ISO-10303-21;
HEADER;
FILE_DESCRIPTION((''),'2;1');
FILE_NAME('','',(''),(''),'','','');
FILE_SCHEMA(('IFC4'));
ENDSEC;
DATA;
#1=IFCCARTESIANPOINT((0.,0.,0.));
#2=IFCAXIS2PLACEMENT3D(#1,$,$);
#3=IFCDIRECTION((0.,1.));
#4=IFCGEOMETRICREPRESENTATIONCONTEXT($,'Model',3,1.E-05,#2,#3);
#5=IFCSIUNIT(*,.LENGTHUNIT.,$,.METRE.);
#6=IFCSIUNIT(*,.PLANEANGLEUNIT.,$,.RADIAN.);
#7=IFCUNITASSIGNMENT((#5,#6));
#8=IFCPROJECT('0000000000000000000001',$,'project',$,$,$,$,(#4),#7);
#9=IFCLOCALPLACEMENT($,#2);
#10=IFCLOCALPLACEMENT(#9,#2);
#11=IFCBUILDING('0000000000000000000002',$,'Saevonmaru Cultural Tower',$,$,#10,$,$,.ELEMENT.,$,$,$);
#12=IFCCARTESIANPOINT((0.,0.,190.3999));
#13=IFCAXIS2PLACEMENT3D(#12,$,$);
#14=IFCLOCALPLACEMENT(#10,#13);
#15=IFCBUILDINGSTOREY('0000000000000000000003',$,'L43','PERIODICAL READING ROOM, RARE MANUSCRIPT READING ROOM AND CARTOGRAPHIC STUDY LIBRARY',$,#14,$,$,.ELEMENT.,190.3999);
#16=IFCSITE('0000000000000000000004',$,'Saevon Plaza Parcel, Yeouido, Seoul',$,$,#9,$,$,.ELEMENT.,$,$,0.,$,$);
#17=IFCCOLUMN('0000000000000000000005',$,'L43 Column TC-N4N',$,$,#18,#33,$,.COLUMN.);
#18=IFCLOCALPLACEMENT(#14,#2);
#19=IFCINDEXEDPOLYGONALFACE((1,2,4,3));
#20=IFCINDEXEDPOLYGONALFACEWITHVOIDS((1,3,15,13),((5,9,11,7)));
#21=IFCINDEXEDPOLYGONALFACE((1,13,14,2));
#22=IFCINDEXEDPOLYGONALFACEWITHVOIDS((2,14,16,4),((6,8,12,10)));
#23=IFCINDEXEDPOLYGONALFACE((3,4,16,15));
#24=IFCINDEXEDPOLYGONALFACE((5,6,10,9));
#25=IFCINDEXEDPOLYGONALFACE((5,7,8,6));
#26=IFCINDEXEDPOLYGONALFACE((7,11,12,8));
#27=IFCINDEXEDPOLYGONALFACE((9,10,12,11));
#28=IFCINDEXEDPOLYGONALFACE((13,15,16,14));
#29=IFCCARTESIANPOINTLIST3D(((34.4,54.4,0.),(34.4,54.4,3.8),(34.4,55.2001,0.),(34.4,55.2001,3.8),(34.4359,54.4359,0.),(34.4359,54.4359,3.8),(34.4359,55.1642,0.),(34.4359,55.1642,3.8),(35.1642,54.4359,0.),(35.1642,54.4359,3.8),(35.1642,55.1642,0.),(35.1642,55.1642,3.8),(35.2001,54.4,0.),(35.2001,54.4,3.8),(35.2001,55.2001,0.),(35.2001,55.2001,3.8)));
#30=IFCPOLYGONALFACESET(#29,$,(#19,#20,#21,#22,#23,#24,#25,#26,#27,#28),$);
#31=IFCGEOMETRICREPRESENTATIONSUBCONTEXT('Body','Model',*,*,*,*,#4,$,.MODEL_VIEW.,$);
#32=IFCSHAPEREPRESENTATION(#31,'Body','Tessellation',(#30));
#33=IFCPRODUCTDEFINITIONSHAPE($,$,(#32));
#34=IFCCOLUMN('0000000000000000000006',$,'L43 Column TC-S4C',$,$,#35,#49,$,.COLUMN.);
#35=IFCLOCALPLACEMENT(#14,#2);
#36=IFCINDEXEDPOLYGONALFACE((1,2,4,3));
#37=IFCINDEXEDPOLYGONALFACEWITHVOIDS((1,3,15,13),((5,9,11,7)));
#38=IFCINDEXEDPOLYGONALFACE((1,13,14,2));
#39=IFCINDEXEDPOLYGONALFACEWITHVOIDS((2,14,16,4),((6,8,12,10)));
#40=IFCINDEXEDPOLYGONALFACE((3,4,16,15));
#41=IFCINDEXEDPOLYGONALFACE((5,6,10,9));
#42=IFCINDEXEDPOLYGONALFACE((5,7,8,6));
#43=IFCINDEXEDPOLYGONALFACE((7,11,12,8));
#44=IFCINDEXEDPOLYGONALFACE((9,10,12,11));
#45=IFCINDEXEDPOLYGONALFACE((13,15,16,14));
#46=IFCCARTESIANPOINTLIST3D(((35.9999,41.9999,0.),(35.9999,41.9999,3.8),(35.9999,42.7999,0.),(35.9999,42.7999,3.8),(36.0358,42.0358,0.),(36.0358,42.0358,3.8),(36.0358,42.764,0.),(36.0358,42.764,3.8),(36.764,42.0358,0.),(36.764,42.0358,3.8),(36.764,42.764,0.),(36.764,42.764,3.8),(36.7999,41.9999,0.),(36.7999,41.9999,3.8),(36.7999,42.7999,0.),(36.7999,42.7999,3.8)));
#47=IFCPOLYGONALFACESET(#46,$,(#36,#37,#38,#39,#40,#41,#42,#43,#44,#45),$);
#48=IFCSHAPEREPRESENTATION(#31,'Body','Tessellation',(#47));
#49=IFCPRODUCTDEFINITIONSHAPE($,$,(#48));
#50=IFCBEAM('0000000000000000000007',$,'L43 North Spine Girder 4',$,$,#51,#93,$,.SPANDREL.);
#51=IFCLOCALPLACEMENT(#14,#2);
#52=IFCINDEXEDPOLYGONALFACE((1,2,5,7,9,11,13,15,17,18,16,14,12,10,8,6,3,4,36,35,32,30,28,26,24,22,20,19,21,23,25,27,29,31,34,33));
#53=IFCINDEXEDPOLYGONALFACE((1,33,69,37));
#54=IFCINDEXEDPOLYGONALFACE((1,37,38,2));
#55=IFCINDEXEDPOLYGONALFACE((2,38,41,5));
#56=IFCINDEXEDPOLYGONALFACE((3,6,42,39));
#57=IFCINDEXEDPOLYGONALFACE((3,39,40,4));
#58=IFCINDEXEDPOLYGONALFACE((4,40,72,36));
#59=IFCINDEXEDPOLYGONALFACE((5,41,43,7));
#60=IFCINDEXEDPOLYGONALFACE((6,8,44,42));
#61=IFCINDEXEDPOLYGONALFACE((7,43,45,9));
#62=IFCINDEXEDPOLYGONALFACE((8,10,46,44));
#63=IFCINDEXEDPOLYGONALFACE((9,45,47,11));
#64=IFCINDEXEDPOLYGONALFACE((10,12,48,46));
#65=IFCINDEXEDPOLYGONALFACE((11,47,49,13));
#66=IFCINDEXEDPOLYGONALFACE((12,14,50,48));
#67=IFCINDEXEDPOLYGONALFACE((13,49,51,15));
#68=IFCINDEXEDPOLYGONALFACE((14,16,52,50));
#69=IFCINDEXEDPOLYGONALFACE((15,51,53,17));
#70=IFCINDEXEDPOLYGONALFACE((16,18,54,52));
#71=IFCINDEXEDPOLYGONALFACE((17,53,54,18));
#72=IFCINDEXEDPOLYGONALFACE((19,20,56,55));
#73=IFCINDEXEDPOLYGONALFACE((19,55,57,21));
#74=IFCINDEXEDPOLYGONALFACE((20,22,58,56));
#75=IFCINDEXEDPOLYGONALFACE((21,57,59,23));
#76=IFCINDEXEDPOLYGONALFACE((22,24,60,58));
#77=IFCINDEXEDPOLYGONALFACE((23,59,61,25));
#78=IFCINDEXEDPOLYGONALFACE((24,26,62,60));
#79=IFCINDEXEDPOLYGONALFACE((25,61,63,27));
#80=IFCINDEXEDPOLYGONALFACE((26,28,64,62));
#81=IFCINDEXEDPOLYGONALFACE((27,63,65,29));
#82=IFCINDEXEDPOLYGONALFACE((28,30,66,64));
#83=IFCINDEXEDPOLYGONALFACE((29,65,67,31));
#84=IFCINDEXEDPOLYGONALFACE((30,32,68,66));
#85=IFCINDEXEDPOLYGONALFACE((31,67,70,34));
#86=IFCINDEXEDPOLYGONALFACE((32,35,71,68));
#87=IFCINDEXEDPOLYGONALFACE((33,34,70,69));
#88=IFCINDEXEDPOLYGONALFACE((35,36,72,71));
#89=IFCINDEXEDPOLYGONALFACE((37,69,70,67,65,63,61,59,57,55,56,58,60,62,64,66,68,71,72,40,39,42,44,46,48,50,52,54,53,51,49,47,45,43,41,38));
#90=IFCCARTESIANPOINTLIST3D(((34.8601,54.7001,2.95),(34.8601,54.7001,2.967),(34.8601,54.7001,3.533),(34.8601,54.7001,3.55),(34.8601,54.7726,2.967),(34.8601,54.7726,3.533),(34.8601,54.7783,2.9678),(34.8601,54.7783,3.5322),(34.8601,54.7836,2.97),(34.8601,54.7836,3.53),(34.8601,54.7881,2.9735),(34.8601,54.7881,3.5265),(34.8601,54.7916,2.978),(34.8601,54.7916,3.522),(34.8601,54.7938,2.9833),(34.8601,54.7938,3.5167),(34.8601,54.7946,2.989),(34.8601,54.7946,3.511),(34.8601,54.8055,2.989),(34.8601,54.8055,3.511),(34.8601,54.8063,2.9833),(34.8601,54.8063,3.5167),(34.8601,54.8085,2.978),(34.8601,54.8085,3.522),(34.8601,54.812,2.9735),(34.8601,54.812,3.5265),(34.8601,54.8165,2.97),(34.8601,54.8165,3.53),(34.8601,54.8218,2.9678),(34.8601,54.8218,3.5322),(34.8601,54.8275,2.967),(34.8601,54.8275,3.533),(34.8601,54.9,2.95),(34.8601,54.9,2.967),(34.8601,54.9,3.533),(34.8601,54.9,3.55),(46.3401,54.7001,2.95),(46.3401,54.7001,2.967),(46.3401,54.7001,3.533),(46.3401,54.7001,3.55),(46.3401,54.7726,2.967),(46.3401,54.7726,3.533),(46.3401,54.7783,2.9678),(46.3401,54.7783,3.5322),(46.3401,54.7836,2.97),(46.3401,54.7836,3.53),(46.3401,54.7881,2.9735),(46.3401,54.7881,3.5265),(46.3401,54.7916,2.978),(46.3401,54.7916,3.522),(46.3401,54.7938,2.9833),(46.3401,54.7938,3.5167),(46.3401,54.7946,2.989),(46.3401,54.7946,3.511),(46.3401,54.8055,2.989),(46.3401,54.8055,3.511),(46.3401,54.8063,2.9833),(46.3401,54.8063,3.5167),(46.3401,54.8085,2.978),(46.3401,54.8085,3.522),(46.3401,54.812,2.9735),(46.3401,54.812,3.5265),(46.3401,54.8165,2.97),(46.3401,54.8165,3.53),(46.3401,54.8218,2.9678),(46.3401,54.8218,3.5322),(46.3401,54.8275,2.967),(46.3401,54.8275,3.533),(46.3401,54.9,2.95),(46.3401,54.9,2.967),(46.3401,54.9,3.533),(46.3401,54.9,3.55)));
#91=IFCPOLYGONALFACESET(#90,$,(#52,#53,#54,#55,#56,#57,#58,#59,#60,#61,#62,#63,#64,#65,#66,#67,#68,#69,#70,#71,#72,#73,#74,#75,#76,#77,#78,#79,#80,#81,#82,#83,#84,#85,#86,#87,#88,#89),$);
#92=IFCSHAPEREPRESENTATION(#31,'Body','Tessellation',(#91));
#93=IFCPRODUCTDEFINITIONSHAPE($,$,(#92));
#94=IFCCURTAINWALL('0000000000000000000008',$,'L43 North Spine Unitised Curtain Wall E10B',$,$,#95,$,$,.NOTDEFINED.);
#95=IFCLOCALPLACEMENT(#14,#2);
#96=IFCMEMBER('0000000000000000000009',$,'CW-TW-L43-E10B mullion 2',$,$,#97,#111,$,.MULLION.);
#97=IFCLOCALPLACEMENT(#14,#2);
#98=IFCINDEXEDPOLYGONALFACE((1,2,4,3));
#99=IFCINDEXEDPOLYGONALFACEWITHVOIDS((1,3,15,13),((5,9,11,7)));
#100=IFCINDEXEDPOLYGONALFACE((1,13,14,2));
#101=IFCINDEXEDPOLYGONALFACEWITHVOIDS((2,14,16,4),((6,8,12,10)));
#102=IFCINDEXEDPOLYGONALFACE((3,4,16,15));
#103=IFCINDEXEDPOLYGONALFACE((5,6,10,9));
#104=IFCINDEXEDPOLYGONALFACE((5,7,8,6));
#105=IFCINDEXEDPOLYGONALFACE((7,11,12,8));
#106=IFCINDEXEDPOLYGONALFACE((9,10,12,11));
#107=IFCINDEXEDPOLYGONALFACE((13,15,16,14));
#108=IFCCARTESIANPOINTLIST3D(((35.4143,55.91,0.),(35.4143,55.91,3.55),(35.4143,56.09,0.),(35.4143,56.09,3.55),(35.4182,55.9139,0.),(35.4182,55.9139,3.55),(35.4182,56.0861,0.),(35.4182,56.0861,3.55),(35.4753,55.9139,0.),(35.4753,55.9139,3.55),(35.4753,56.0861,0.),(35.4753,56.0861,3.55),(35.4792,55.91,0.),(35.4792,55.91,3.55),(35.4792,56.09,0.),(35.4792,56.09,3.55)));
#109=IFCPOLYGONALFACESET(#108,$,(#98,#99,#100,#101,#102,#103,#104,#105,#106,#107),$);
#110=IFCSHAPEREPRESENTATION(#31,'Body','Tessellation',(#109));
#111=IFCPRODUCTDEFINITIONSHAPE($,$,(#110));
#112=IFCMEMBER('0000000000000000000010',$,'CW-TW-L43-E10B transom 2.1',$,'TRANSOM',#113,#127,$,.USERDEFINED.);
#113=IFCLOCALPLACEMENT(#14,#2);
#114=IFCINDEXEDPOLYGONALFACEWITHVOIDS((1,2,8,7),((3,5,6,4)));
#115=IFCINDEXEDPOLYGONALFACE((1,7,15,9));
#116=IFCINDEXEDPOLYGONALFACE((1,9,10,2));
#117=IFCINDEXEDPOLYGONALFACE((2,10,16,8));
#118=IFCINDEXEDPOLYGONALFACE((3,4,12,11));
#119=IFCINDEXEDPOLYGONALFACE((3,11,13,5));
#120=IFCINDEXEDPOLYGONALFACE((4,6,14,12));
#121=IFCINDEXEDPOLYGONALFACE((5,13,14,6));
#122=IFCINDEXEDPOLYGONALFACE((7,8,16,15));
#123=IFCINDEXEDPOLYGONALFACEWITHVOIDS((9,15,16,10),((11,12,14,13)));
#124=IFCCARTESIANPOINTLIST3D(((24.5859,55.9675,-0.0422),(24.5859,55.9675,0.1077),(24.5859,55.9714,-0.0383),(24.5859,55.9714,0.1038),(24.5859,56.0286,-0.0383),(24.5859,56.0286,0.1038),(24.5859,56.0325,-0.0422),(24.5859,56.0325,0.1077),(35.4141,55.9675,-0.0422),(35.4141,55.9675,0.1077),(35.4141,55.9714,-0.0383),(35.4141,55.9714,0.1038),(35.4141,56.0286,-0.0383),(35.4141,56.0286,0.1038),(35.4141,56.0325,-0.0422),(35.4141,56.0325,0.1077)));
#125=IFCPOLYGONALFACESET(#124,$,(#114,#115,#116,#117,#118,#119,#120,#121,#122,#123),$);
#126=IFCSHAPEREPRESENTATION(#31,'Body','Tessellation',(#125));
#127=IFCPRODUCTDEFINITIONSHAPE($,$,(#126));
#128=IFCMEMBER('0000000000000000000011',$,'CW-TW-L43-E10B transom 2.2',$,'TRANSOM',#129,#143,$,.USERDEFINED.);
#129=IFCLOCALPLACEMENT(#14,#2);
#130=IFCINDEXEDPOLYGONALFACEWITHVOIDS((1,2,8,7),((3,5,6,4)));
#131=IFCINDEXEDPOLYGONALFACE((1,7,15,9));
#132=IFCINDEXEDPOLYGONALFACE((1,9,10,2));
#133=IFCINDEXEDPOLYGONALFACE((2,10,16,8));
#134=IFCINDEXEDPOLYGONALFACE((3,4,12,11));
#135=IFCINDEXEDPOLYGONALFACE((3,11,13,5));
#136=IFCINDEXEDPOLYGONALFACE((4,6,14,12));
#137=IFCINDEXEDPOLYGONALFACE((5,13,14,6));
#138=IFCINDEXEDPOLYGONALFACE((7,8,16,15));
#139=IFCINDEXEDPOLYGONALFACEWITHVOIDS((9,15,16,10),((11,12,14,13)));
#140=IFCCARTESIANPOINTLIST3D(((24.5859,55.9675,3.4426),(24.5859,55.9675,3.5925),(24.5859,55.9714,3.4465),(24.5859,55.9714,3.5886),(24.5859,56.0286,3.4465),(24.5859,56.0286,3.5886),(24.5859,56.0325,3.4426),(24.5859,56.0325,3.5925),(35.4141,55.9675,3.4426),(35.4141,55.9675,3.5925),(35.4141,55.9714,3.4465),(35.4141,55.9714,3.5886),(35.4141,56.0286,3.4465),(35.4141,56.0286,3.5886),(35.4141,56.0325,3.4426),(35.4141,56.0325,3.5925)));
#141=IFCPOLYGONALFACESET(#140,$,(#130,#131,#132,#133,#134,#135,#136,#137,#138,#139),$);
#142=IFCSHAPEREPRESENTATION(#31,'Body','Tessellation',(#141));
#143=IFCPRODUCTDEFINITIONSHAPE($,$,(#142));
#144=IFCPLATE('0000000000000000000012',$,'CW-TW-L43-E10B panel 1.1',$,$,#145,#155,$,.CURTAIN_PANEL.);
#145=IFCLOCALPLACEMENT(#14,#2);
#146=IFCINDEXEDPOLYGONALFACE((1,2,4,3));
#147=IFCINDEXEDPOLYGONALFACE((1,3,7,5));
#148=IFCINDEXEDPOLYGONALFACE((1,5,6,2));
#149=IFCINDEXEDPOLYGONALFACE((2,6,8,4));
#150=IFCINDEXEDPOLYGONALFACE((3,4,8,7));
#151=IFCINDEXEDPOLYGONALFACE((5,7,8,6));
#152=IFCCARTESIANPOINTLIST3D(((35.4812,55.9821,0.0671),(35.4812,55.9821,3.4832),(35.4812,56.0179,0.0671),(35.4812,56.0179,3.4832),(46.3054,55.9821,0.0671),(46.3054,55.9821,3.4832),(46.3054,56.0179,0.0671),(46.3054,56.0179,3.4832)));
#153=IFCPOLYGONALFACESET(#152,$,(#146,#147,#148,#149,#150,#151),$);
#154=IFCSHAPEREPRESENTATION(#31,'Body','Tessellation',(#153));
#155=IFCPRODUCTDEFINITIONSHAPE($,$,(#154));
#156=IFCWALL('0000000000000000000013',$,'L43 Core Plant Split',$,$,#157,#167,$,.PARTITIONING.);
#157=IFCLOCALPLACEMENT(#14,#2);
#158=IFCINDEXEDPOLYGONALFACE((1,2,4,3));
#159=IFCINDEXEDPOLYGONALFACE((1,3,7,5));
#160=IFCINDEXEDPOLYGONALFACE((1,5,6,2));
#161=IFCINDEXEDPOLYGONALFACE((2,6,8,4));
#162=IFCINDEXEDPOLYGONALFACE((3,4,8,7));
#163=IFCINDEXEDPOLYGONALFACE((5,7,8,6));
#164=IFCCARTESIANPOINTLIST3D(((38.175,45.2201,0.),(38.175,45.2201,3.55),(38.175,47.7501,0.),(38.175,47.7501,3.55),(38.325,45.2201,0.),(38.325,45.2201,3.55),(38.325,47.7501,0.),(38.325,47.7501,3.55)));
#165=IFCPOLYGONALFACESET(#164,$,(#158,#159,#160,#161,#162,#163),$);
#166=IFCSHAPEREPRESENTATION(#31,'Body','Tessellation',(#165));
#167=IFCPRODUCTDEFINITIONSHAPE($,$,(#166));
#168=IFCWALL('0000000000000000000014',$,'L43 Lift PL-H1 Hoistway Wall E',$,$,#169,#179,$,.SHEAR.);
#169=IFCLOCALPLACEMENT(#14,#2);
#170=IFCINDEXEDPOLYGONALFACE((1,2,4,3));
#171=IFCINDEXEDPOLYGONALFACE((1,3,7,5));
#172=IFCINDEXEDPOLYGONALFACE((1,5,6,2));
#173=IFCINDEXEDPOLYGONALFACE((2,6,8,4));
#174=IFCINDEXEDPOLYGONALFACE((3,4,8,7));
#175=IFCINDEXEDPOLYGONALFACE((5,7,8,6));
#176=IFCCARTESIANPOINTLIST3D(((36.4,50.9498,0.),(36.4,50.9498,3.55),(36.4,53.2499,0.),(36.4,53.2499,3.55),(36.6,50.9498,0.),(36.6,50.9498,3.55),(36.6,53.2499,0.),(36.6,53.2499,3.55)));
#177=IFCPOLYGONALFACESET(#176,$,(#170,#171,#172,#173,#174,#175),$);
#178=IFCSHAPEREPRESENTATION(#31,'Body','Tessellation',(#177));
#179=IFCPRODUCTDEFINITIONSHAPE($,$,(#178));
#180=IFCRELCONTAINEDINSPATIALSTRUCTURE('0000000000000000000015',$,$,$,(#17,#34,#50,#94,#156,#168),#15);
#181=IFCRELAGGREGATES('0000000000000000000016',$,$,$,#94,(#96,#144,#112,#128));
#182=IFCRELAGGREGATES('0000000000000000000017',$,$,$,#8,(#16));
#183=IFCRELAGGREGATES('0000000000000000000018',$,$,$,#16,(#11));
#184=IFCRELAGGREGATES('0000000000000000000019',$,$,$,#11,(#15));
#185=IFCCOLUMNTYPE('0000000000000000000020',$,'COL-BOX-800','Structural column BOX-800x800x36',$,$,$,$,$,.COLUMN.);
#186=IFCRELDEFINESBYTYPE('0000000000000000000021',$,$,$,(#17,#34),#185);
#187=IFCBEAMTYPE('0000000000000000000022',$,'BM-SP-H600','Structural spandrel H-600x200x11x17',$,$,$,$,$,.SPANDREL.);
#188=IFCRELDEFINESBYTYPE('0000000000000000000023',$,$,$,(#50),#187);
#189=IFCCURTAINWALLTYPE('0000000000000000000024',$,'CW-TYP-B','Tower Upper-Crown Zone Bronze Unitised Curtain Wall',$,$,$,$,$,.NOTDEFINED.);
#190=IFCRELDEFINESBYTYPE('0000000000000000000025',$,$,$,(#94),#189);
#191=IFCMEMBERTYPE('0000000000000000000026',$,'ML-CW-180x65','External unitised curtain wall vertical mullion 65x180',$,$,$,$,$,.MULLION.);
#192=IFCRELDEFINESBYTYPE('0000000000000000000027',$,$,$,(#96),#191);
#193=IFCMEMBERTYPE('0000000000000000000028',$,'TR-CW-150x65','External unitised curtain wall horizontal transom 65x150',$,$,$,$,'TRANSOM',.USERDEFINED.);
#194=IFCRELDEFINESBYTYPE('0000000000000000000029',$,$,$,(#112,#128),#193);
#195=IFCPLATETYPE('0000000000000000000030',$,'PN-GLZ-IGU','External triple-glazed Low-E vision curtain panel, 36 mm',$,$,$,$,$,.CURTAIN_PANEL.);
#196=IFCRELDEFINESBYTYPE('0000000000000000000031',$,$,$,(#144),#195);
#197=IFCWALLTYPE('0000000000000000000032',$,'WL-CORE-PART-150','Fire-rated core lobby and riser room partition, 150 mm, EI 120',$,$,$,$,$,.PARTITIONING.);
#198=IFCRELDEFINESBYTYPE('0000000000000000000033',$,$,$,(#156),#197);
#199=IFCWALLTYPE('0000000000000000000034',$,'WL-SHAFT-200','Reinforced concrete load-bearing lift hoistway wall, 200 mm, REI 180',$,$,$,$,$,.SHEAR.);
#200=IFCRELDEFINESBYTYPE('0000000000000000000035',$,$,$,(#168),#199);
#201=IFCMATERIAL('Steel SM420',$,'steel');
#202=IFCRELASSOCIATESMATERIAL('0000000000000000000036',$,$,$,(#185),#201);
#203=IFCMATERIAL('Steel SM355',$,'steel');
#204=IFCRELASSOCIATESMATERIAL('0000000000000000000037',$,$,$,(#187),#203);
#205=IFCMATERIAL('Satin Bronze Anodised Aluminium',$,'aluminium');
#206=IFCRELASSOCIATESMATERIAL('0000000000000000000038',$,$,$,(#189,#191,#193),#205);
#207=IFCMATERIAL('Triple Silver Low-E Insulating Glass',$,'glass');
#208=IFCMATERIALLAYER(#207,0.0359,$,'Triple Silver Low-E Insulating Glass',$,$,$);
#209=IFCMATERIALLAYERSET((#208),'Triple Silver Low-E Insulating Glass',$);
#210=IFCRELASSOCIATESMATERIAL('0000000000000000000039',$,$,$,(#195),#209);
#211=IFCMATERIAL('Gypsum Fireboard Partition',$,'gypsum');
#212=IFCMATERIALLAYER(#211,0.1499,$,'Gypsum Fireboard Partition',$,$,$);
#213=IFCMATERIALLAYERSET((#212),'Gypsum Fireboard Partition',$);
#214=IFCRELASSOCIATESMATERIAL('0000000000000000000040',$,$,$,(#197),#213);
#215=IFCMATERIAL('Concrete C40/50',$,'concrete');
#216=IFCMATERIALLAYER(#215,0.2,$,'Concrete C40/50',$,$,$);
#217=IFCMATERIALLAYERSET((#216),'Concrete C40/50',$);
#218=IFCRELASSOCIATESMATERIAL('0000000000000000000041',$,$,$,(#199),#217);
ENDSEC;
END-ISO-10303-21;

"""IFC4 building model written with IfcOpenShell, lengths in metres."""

from ifc_helpers import new_model, si_unit, direction, frame, frame_2d, origin, origin_2d, place, context, subcontext, project, spatial, rectangle, hollow_rectangle, i_section, extrude, material, layer, layer_set, material_profile, profile_set, type_object, element, aggregate, save


model = new_model("IFC4")

# Units and contexts
model_context = context("Model", 3, precision=1e-05, world=origin(), true_north=direction((0.0, 1.0)))
body_context = subcontext(model_context, "Body", "Model", "MODEL_VIEW")
ifc_project = project(units=[si_unit("LENGTHUNIT", "METRE"), si_unit("PLANEANGLEUNIT", "RADIAN")], contexts=[model_context])

# Site, building, storey
site_placement = place(None, origin())
site = spatial("IfcSite", under=ifc_project, at=site_placement, Name="Saevon Plaza Parcel, Yeouido, Seoul", CompositionType="ELEMENT", RefElevation=0.0)
building_placement = place(site_placement, origin())
building = spatial("IfcBuilding", under=site, at=building_placement, Name="Saevonmaru Cultural Tower", CompositionType="ELEMENT")
storey_placement = place(building_placement, frame((0.0, 0.0, 190.3999)))
storey = spatial("IfcBuildingStorey", under=building, at=storey_placement, Name="L43", Description="PERIODICAL READING ROOM, RARE MANUSCRIPT READING ROOM AND CARTOGRAPHIC STUDY LIBRARY", CompositionType="ELEMENT", Elevation=190.3999)

# Columns
ifc_material_1 = material(Name="Steel SM420", Category="steel")
ifc_material_profile_1 = material_profile(ifc_material_1, hollow_rectangle(XDim=0.8, YDim=0.8, WallThickness=0.0359, at=origin_2d()), Name="BOX-800x800x36")
ifc_profile_set_1 = profile_set([ifc_material_profile_1], Name="Steel SM420")
column_type = type_object("IfcColumnType", Name="COL-BOX-800", Description="Structural column BOX-800x800x36", PredefinedType="COLUMN", material=ifc_profile_set_1)
for number, where, z_axis, x_axis, name in (
    (1, (34.8, 54.8, 0.0), (0.0, 0.0, 1.0), (1.0, 0.0, 0.0), "L43 Column TC-N4N"),
    (2, (36.3999, 42.3999, 0.0), (0.0, 0.0, 1.0), (1.0, 0.0, 0.0), "L43 Column TC-S4C"),
):
    element("IfcColumn", number, at=place(storey_placement, frame(where, z_axis=z_axis, x_axis=x_axis)), inside=storey, type_object=column_type, Name=name, PredefinedType="COLUMN", context=body_context, shape_type="SweptSolid", body=[
        extrude(hollow_rectangle(XDim=0.8, YDim=0.8, WallThickness=0.0359, at=origin_2d()), origin(), (0.0, 0.0, 1.0), 3.8),
    ])

# Beam
ifc_material_2 = material(Name="Steel SM355", Category="steel")
ifc_material_profile_2 = material_profile(ifc_material_2, i_section(OverallWidth=0.2, OverallDepth=0.6001, WebThickness=0.011, FlangeThickness=0.0171, FilletRadius=0.022, at=origin_2d()), Name="H-600x200x11x17")
ifc_profile_set_2 = profile_set([ifc_material_profile_2], Name="Steel SM355")
beam_type = type_object("IfcBeamType", Name="BM-SP-H600", Description="Structural spandrel H-600x200x11x17", PredefinedType="SPANDREL", material=ifc_profile_set_2)
beam_placement = place(storey_placement, frame((34.8601, 54.8, 3.25), z_axis=(1.0, 0.0, 0.0), x_axis=(0.0, 1.0, 0.0)))
element("IfcBeam", 3, at=beam_placement, inside=storey, type_object=beam_type, Name="L43 North Spine Girder 4", PredefinedType="SPANDREL", context=body_context, shape_type="SweptSolid", body=[
    extrude(i_section(OverallWidth=0.2, OverallDepth=0.6001, WebThickness=0.011, FlangeThickness=0.0171, FilletRadius=0.022, at=origin_2d()), origin(), (0.0, 0.0, 1.0), 11.48),
])

# Curtain wall, members, plate
ifc_material_3 = material(Name="Satin Bronze Anodised Aluminium", Category="aluminium")
curtain_wall_type = type_object("IfcCurtainWallType", Name="CW-TYP-B", Description="Tower Upper-Crown Zone Bronze Unitised Curtain Wall", PredefinedType="NOTDEFINED", material=ifc_material_3)
curtain_wall_placement = place(storey_placement, origin())
curtain_wall = element("IfcCurtainWall", 4, at=curtain_wall_placement, inside=storey, type_object=curtain_wall_type, Name="L43 North Spine Unitised Curtain Wall E10B", PredefinedType="NOTDEFINED")
ifc_material_profile_3 = material_profile(ifc_material_3, hollow_rectangle(XDim=0.0649, YDim=0.1799, WallThickness=0.0039, at=origin_2d()), Name="ALU-MULL-180x65x4")
ifc_profile_set_3 = profile_set([ifc_material_profile_3], Name="Satin Bronze Anodised Aluminium")
member_type_1 = type_object("IfcMemberType", Name="ML-CW-180x65", Description="External unitised curtain wall vertical mullion 65x180", PredefinedType="MULLION", material=ifc_profile_set_3)
member_1_placement = place(storey_placement, frame((35.4468, 56.0, 0.0), z_axis=(0.0, 0.0, 1.0), x_axis=(-1.0, 0.0, 0.0)))
member_1 = element("IfcMember", 5, at=member_1_placement, type_object=member_type_1, Name="CW-TW-L43-E10B mullion 2", PredefinedType="MULLION", context=body_context, shape_type="SweptSolid", body=[
    extrude(hollow_rectangle(XDim=0.0649, YDim=0.1799, WallThickness=0.0039, at=origin_2d()), origin(), (0.0, 0.0, 1.0), 3.55),
])
ifc_material_profile_4 = material_profile(ifc_material_3, hollow_rectangle(XDim=0.0649, YDim=0.1499, WallThickness=0.0039, at=origin_2d()), Name="ALU-TRAN-150x65x4")
ifc_profile_set_4 = profile_set([ifc_material_profile_4], Name="Satin Bronze Anodised Aluminium")
member_type_2 = type_object("IfcMemberType", Name="TR-CW-150x65", Description="External unitised curtain wall horizontal transom 65x150", ElementType="TRANSOM", PredefinedType="USERDEFINED", material=ifc_profile_set_4)
member_2_placement = place(storey_placement, frame((35.4141, 56.0, 0.0327), z_axis=(-1.0, 0.0, 0.0), x_axis=(0.0, -1.0, 0.0)))
member_2 = element("IfcMember", 6, at=member_2_placement, type_object=member_type_2, Name="CW-TW-L43-E10B transom 2.1", ObjectType="TRANSOM", PredefinedType="USERDEFINED", context=body_context, shape_type="SweptSolid", body=[
    extrude(hollow_rectangle(XDim=0.0649, YDim=0.1499, WallThickness=0.0039, at=origin_2d()), origin(), (0.0, 0.0, 1.0), 10.8281),
])
member_3_placement = place(storey_placement, frame((35.4141, 56.0, 3.5176), z_axis=(-1.0, 0.0, 0.0), x_axis=(0.0, -1.0, 0.0)))
member_3 = element("IfcMember", 7, at=member_3_placement, type_object=member_type_2, Name="CW-TW-L43-E10B transom 2.2", ObjectType="TRANSOM", PredefinedType="USERDEFINED", context=body_context, shape_type="SweptSolid", body=[
    extrude(hollow_rectangle(XDim=0.0649, YDim=0.1499, WallThickness=0.0039, at=origin_2d()), origin(), (0.0, 0.0, 1.0), 10.8281),
])
ifc_material_4 = material(Name="Triple Silver Low-E Insulating Glass", Category="glass")
ifc_layer_1 = layer(ifc_material_4, 0.0359, Name="Triple Silver Low-E Insulating Glass")
ifc_layer_set_1 = layer_set([ifc_layer_1], Name="Triple Silver Low-E Insulating Glass")
plate_type = type_object("IfcPlateType", Name="PN-GLZ-IGU", Description="External triple-glazed Low-E vision curtain panel, 36 mm", PredefinedType="CURTAIN_PANEL", material=ifc_layer_set_1)
plate_placement = place(storey_placement, frame((40.8933, 56.0, 0.0671), z_axis=(0.0, 0.0, 1.0), x_axis=(-1.0, 0.0, 0.0)))
plate = element("IfcPlate", 8, at=plate_placement, type_object=plate_type, Name="CW-TW-L43-E10B panel 1.1", PredefinedType="CURTAIN_PANEL", context=body_context, shape_type="SweptSolid", body=[
    extrude(rectangle(XDim=10.8242, YDim=0.0359, at=origin_2d()), origin(), (0.0, 0.0, 1.0), 3.416),
])
aggregate(curtain_wall, [member_1, plate, member_2, member_3])

# Walls
ifc_material_5 = material(Name="Gypsum Fireboard Partition", Category="gypsum")
ifc_layer_2 = layer(ifc_material_5, 0.1499, Name="Gypsum Fireboard Partition")
ifc_layer_set_2 = layer_set([ifc_layer_2], Name="Gypsum Fireboard Partition")
wall_type_1 = type_object("IfcWallType", Name="WL-CORE-PART-150", Description="Fire-rated core lobby and riser room partition, 150 mm, EI 120", PredefinedType="PARTITIONING", material=ifc_layer_set_2)
wall_1_placement = place(storey_placement, frame((38.25, 45.22, 0.0), z_axis=(0.0, 0.0, 1.0), x_axis=(0.0, 1.0, 0.0)))
element("IfcWall", 9, at=wall_1_placement, inside=storey, type_object=wall_type_1, Name="L43 Core Plant Split", PredefinedType="PARTITIONING", context=body_context, shape_type="SweptSolid", body=[
    extrude(rectangle(XDim=2.53, YDim=0.1499, at=frame_2d((1.2651, 0.0))), origin(), (0.0, 0.0, 1.0), 3.55),
])
ifc_material_6 = material(Name="Concrete C40/50", Category="concrete")
ifc_layer_3 = layer(ifc_material_6, 0.2, Name="Concrete C40/50")
ifc_layer_set_3 = layer_set([ifc_layer_3], Name="Concrete C40/50")
wall_type_2 = type_object("IfcWallType", Name="WL-SHAFT-200", Description="Reinforced concrete load-bearing lift hoistway wall, 200 mm, REI 180", PredefinedType="SHEAR", material=ifc_layer_set_3)
wall_2_placement = place(storey_placement, frame((36.5, 50.95, 0.0), z_axis=(0.0, 0.0, 1.0), x_axis=(0.0, 1.0, 0.0)))
element("IfcWall", 10, at=wall_2_placement, inside=storey, type_object=wall_type_2, Name="L43 Lift PL-H1 Hoistway Wall E", PredefinedType="SHEAR", context=body_context, shape_type="SweptSolid", body=[
    extrude(rectangle(XDim=2.3, YDim=0.2, at=frame_2d((1.1499, 0.0))), origin(), (0.0, 0.0, 1.0), 3.55),
])

save(model, "model.ifc")
